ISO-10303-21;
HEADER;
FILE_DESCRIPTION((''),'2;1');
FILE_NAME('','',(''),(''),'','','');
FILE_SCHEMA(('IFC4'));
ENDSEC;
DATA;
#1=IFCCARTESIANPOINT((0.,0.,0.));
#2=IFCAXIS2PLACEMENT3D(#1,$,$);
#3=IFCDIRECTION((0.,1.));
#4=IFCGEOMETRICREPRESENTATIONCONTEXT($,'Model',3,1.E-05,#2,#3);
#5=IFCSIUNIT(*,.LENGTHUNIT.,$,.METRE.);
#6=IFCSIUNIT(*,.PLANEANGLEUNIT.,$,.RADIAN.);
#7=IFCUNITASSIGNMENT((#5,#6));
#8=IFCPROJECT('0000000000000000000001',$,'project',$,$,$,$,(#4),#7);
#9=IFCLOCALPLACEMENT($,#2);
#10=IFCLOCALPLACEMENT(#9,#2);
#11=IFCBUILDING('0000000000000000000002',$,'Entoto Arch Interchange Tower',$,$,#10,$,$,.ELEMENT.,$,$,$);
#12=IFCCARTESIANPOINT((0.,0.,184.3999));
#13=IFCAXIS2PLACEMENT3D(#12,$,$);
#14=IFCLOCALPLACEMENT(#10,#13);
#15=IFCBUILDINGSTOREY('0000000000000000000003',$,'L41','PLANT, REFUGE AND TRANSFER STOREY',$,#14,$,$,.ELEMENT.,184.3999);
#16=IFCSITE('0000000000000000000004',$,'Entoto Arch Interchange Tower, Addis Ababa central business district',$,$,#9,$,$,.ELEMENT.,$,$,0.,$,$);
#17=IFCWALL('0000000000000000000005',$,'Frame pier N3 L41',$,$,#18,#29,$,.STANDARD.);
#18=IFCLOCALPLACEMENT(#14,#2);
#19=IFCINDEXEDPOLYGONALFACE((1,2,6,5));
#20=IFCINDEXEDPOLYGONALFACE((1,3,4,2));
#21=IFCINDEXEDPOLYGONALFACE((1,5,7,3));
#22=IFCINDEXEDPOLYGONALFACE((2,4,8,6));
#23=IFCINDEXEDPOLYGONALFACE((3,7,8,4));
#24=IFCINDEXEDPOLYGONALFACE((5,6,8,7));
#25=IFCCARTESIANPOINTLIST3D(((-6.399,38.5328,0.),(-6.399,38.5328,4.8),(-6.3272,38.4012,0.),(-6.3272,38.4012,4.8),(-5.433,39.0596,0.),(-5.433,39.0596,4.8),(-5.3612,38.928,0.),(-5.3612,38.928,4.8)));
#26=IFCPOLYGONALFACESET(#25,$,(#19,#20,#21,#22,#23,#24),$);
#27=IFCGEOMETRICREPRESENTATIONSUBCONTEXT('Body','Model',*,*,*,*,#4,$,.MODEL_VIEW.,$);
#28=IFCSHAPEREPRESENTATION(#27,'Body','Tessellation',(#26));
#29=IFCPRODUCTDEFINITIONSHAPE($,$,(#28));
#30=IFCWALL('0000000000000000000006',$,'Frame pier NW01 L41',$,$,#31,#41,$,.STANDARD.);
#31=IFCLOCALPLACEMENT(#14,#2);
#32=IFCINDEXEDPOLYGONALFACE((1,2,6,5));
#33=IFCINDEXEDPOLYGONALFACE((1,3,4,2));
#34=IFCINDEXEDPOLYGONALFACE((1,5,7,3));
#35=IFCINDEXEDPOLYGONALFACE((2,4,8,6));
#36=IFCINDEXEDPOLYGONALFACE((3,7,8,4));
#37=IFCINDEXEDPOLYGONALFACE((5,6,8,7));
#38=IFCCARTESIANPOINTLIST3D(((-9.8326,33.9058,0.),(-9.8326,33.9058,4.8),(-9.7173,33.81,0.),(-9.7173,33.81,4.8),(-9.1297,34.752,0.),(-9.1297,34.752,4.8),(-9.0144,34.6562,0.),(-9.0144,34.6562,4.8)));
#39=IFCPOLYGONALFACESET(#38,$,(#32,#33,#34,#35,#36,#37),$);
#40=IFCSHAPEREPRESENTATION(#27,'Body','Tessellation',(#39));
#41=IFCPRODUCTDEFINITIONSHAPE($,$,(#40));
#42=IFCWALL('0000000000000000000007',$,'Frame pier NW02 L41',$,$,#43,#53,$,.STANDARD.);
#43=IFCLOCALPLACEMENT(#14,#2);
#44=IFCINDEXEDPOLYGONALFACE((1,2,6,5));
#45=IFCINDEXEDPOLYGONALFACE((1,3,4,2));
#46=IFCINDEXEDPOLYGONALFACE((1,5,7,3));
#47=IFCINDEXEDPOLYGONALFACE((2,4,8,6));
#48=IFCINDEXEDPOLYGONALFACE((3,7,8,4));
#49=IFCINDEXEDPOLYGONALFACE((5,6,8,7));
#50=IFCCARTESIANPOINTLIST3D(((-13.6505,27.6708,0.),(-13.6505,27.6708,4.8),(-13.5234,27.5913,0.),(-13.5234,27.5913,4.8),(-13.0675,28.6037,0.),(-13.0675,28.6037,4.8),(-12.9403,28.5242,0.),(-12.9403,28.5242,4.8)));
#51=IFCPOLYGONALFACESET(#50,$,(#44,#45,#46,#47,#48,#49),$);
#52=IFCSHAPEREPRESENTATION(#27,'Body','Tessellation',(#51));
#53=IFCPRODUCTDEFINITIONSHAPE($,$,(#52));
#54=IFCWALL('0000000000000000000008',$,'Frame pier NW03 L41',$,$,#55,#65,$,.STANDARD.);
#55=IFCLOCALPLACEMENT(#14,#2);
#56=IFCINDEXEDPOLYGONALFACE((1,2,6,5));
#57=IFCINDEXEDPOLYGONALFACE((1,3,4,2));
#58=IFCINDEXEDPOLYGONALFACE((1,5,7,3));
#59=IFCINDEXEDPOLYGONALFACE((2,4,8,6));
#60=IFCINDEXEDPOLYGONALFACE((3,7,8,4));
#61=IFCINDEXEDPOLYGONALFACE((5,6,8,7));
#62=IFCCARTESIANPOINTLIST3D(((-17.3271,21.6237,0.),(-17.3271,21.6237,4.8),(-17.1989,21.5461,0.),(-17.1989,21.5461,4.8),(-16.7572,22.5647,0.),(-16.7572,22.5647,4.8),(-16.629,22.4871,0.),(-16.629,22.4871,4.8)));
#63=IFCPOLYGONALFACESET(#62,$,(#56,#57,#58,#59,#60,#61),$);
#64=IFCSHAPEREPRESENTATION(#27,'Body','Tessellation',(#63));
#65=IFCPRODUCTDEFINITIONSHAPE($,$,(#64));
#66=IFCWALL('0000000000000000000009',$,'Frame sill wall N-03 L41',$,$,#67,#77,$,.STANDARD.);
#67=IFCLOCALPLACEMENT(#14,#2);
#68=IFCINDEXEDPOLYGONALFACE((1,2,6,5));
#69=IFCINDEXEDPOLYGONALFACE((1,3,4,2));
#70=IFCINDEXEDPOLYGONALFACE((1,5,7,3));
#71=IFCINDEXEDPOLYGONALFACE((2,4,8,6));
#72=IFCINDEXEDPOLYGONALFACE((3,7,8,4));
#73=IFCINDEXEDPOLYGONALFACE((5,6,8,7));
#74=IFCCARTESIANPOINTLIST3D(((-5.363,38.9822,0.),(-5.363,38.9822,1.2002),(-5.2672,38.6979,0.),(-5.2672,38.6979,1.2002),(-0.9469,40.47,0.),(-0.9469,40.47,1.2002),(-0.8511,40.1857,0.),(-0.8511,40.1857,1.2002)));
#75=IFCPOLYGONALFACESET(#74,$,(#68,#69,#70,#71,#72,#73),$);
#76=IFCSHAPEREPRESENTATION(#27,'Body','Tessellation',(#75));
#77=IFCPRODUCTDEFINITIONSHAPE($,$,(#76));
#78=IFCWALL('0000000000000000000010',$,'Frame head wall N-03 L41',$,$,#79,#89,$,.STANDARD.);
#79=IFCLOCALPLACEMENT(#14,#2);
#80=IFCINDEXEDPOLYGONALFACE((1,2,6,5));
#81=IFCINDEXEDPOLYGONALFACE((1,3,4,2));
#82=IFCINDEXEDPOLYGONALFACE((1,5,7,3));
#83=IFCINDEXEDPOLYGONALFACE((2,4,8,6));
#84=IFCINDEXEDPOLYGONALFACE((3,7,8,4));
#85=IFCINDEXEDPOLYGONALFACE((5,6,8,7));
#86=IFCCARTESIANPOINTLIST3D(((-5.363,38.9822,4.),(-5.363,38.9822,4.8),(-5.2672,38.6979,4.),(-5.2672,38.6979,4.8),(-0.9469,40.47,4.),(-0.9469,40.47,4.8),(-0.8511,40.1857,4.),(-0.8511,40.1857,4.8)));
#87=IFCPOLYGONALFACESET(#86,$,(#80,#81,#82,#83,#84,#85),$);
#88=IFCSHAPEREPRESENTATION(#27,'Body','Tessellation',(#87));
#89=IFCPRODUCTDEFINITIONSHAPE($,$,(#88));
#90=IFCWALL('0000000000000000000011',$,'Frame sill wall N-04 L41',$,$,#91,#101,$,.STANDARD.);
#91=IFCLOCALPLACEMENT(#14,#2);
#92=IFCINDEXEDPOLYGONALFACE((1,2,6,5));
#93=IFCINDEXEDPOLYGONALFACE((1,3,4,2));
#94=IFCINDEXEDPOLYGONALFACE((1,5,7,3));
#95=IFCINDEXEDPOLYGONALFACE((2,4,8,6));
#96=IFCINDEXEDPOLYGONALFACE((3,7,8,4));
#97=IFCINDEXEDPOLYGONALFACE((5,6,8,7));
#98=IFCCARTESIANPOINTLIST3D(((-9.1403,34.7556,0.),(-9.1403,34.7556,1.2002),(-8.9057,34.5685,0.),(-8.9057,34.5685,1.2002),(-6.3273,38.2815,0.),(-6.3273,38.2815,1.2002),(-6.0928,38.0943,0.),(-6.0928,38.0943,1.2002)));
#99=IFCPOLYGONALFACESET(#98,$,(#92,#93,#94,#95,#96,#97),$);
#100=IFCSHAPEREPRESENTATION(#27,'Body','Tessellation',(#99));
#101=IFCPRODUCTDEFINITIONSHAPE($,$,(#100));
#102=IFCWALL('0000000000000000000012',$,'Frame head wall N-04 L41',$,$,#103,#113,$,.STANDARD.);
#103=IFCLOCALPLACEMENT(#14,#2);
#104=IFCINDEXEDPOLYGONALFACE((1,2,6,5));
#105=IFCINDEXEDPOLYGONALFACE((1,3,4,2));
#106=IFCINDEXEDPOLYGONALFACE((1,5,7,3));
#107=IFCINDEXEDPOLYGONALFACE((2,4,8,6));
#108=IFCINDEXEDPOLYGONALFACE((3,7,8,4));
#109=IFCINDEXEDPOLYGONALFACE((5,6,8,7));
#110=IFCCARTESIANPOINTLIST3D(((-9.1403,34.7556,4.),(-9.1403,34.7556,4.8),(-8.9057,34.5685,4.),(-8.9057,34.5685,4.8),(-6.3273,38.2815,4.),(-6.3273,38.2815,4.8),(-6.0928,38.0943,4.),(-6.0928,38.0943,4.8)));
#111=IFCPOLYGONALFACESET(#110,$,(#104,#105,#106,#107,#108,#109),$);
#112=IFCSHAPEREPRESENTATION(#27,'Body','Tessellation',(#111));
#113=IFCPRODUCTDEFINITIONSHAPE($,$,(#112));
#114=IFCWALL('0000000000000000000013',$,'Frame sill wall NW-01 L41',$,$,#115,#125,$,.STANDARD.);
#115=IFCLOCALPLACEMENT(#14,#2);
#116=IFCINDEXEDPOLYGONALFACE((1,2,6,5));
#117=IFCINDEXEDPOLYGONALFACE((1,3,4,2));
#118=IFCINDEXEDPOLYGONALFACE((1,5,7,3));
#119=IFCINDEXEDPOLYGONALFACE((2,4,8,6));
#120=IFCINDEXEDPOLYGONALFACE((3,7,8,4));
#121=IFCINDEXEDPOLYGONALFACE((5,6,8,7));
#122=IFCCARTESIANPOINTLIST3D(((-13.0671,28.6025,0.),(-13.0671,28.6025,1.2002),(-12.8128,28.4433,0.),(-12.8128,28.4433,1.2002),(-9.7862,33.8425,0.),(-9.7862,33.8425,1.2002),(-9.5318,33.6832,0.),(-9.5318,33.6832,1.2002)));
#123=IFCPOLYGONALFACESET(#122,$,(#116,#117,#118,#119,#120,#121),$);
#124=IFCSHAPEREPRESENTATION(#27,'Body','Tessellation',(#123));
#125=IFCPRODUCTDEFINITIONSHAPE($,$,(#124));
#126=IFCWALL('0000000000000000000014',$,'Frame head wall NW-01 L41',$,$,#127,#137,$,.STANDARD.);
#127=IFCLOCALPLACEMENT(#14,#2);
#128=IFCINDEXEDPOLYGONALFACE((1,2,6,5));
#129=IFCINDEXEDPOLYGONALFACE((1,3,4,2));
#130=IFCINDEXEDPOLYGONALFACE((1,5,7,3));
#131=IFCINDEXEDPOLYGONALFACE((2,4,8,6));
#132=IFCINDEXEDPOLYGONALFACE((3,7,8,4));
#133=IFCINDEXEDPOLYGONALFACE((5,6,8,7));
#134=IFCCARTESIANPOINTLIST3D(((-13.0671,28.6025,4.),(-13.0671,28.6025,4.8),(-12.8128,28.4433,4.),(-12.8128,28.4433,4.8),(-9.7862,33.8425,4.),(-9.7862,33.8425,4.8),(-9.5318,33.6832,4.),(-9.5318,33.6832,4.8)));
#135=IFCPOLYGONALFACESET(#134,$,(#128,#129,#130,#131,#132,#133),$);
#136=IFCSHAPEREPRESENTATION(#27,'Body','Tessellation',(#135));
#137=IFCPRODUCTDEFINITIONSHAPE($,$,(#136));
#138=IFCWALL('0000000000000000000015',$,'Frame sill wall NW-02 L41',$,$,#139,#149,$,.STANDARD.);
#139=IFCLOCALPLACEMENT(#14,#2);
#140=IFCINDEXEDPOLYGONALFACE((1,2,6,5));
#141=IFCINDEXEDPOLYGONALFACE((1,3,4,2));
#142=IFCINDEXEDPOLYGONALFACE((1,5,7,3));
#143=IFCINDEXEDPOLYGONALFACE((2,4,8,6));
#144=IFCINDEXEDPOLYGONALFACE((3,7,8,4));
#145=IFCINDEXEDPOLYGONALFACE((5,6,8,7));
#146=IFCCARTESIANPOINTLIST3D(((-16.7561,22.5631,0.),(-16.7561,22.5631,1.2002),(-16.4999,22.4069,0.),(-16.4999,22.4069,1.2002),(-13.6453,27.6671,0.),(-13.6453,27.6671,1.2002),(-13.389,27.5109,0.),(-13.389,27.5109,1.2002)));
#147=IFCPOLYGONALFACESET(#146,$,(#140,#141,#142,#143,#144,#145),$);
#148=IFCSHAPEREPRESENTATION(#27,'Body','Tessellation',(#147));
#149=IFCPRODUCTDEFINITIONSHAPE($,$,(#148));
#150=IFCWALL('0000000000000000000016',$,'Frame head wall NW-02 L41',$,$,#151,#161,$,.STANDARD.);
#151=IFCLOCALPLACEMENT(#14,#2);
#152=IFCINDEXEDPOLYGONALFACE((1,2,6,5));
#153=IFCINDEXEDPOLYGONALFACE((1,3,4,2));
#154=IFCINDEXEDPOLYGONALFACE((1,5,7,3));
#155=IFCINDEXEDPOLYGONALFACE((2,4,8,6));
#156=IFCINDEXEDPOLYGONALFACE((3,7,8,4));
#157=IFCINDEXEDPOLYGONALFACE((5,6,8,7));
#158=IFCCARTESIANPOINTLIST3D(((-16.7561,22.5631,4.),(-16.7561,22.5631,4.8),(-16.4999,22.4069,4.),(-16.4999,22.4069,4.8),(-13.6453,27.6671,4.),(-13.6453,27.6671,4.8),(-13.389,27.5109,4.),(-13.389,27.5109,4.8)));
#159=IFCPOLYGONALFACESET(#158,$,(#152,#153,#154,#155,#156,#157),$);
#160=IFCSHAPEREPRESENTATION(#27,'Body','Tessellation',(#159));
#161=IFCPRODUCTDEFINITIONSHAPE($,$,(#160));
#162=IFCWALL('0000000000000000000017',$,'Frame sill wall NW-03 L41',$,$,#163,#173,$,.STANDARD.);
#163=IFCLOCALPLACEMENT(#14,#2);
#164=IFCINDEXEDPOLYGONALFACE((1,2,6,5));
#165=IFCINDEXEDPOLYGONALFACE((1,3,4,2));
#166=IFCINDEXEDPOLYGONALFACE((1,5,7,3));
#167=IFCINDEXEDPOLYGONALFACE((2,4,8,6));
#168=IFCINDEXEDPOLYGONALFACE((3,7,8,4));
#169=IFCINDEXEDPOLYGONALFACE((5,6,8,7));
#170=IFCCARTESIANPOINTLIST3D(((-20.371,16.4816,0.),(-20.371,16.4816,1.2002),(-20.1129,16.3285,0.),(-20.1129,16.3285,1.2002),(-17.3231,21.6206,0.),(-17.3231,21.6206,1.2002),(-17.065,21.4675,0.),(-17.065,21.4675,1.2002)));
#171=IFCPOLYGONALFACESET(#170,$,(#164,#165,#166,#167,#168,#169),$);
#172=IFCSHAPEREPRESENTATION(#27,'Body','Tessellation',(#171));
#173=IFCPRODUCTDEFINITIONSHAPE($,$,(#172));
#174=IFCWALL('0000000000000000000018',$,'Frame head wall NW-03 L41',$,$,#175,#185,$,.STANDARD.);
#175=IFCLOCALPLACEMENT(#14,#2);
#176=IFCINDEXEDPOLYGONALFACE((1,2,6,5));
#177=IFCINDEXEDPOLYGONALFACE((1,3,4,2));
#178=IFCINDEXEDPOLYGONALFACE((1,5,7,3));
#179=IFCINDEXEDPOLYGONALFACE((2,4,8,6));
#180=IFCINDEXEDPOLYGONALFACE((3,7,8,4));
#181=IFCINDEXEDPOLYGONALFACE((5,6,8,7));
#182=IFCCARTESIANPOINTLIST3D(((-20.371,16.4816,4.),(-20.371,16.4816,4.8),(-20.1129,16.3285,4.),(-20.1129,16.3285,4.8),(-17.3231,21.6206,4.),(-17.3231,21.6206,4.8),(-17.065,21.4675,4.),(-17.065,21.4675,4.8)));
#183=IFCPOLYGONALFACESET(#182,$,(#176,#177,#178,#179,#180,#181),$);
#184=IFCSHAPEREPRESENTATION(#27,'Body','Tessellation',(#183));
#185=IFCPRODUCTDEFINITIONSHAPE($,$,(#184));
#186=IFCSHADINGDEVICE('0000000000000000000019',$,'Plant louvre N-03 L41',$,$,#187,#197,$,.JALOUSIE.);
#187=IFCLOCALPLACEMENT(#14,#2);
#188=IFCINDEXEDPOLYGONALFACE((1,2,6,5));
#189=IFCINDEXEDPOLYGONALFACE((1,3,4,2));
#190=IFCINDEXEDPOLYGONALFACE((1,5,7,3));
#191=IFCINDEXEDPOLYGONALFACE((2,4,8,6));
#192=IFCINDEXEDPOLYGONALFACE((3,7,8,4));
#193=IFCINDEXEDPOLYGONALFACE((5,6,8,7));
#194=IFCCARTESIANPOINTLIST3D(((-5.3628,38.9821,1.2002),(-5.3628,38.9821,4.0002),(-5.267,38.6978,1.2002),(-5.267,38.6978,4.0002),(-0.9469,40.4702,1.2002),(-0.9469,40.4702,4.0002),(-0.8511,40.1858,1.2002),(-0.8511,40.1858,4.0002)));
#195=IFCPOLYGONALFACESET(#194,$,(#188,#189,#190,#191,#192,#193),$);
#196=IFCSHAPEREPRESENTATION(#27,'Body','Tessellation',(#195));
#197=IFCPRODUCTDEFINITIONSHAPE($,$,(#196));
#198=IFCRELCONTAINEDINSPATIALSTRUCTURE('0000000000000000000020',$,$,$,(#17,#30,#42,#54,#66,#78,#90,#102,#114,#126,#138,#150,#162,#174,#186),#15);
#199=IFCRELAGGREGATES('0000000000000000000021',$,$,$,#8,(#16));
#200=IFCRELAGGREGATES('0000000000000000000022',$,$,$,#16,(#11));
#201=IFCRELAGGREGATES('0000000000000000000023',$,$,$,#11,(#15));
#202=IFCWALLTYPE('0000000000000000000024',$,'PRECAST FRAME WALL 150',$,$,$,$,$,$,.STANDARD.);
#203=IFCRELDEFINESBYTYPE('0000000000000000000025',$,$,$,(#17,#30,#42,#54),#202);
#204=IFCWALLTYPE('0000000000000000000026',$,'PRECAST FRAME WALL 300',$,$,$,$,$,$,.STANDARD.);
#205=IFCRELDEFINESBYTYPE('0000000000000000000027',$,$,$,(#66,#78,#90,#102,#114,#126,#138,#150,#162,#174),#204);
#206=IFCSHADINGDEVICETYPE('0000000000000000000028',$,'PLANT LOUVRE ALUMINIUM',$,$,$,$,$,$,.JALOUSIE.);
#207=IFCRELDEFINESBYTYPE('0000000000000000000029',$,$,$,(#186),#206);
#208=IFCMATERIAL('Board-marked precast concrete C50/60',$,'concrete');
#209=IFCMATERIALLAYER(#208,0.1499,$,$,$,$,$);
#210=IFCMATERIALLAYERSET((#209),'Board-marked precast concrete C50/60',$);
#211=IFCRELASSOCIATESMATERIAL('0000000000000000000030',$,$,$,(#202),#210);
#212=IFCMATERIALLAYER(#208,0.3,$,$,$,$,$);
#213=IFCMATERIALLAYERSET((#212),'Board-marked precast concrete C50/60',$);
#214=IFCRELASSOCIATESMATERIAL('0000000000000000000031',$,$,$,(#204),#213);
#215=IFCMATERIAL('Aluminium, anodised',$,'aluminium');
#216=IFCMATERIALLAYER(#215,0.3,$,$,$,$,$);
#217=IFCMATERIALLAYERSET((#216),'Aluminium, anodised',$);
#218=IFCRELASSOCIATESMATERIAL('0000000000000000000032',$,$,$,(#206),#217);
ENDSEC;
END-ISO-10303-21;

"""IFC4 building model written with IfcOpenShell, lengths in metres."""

from ifc_helpers import new_model, si_unit, direction, frame, frame_2d, origin, origin_2d, place, context, subcontext, project, spatial, rectangle, extrude, material, layer, layer_set, type_object, element, save


model = new_model("IFC4")

# Units and contexts
model_context = context("Model", 3, precision=1e-05, world=origin(), true_north=direction((0.0, 1.0)))
body_context = subcontext(model_context, "Body", "Model", "MODEL_VIEW")
ifc_project = project(units=[si_unit("LENGTHUNIT", "METRE"), si_unit("PLANEANGLEUNIT", "RADIAN")], contexts=[model_context])

# Site, building, storey
site_placement = place(None, origin())
site = spatial("IfcSite", under=ifc_project, at=site_placement, Name="Entoto Arch Interchange Tower, Addis Ababa central business district", CompositionType="ELEMENT", RefElevation=0.0)
building_placement = place(site_placement, origin())
building = spatial("IfcBuilding", under=site, at=building_placement, Name="Entoto Arch Interchange Tower", CompositionType="ELEMENT")
storey_placement = place(building_placement, frame((0.0, 0.0, 184.3999)))
storey = spatial("IfcBuildingStorey", under=building, at=storey_placement, Name="L41", Description="PLANT, REFUGE AND TRANSFER STOREY", CompositionType="ELEMENT", Elevation=184.3999)

# Walls
ifc_material_1 = material(Name="Board-marked precast concrete C50/60", Category="concrete")
ifc_layer_1 = layer(ifc_material_1, 0.1499)
ifc_layer_set_1 = layer_set([ifc_layer_1], Name="Board-marked precast concrete C50/60")
wall_type_1 = type_object("IfcWallType", Name="PRECAST FRAME WALL 150", PredefinedType="STANDARD", material=ifc_layer_set_1)
wall_1_placement = place(storey_placement, frame((-5.397, 38.9939, 0.0), z_axis=(0.0, 0.0, 1.0), x_axis=(-0.877929, -0.47879, 0.0)))
element("IfcWall", 1, at=wall_1_placement, inside=storey, type_object=wall_type_1, Name="Frame pier N3 L41", PredefinedType="STANDARD", context=body_context, shape_type="SweptSolid", body=[
    extrude(rectangle(XDim=1.1003, YDim=0.1499, at=frame_2d((0.5503, 0.0))), origin(), (0.0, 0.0, 1.0), 4.8),
])
for number, where, z_axis, x_axis, name in (
    (2, (-9.072, 34.7041, 0.0), (0.0, 0.0, 1.0), (-0.638961, -0.769239, 0.0), "Frame pier NW01 L41"),
    (3, (-13.0039, 28.564, 0.0), (0.0, 0.0, 1.0), (-0.529979, -0.848011, 0.0), "Frame pier NW02 L41"),
    (4, (-16.6931, 22.5259, 0.0), (0.0, 0.0, 1.0), (-0.518016, -0.855371, 0.0), "Frame pier NW03 L41"),
):
    element("IfcWall", number, at=place(storey_placement, frame(where, z_axis=z_axis, x_axis=x_axis)), inside=storey, type_object=wall_type_1, Name=name, PredefinedType="STANDARD", context=body_context, shape_type="SweptSolid", body=[
        extrude(rectangle(XDim=1.1001, YDim=0.1499, at=frame_2d((0.55, 0.0))), origin(), (0.0, 0.0, 1.0), 4.8),
    ])
ifc_layer_2 = layer(ifc_material_1, 0.3)
ifc_layer_set_2 = layer_set([ifc_layer_2], Name="Board-marked precast concrete C50/60")
wall_type_2 = type_object("IfcWallType", Name="PRECAST FRAME WALL 300", PredefinedType="STANDARD", material=ifc_layer_set_2)
wall_2_placement = place(storey_placement, frame((-0.8989, 40.3279, 0.0), z_axis=(0.0, 0.0, 1.0), x_axis=(-0.947662, -0.319275, 0.0)))
element("IfcWall", 5, at=wall_2_placement, inside=storey, type_object=wall_type_2, Name="Frame sill wall N-03 L41", PredefinedType="STANDARD", context=body_context, shape_type="SweptSolid", body=[
    extrude(rectangle(XDim=4.6599, YDim=0.3, at=frame_2d((2.3301, 0.0))), origin(), (0.0, 0.0, 1.0), 1.2002),
])
wall_3_placement = place(storey_placement, frame((-0.8989, 40.3279, 4.0), z_axis=(0.0, 0.0, 1.0), x_axis=(-0.947662, -0.319275, 0.0)))
element("IfcWall", 6, at=wall_3_placement, inside=storey, type_object=wall_type_2, Name="Frame head wall N-03 L41", PredefinedType="STANDARD", context=body_context, shape_type="SweptSolid", body=[
    extrude(rectangle(XDim=4.6599, YDim=0.3, at=frame_2d((2.3301, 0.0))), origin(), (0.0, 0.0, 1.0), 0.8),
])
wall_4_placement = place(storey_placement, frame((-6.21, 38.188, 0.0), z_axis=(0.0, 0.0, 1.0), x_axis=(-0.623652, -0.781702, 0.0)))
element("IfcWall", 7, at=wall_4_placement, inside=storey, type_object=wall_type_2, Name="Frame sill wall N-04 L41", PredefinedType="STANDARD", context=body_context, shape_type="SweptSolid", body=[
    extrude(rectangle(XDim=4.5105, YDim=0.3, at=frame_2d((2.2554, 0.0))), origin(), (0.0, 0.0, 1.0), 1.2002),
])
wall_5_placement = place(storey_placement, frame((-6.21, 38.188, 4.0), z_axis=(0.0, 0.0, 1.0), x_axis=(-0.623652, -0.781702, 0.0)))
element("IfcWall", 8, at=wall_5_placement, inside=storey, type_object=wall_type_2, Name="Frame head wall N-04 L41", PredefinedType="STANDARD", context=body_context, shape_type="SweptSolid", body=[
    extrude(rectangle(XDim=4.5105, YDim=0.3, at=frame_2d((2.2554, 0.0))), origin(), (0.0, 0.0, 1.0), 0.8),
])
wall_6_placement = place(storey_placement, frame((-9.6589, 33.7629, 0.0), z_axis=(0.0, 0.0, 1.0), x_axis=(-0.530698, -0.847561, 0.0)))
element("IfcWall", 9, at=wall_6_placement, inside=storey, type_object=wall_type_2, Name="Frame sill wall NW-01 L41", PredefinedType="STANDARD", context=body_context, shape_type="SweptSolid", body=[
    extrude(rectangle(XDim=6.1824, YDim=0.3, at=frame_2d((3.0913, 0.0))), origin(), (0.0, 0.0, 1.0), 1.2002),
])
wall_7_placement = place(storey_placement, frame((-9.6589, 33.7629, 4.0), z_axis=(0.0, 0.0, 1.0), x_axis=(-0.530698, -0.847561, 0.0)))
element("IfcWall", 10, at=wall_7_placement, inside=storey, type_object=wall_type_2, Name="Frame head wall NW-01 L41", PredefinedType="STANDARD", context=body_context, shape_type="SweptSolid", body=[
    extrude(rectangle(XDim=6.1824, YDim=0.3, at=frame_2d((3.0913, 0.0))), origin(), (0.0, 0.0, 1.0), 0.8),
])
wall_8_placement = place(storey_placement, frame((-13.5171, 27.5891, 0.0), z_axis=(0.0, 0.0, 1.0), x_axis=(-0.520442, -0.853897, 0.0)))
element("IfcWall", 11, at=wall_8_placement, inside=storey, type_object=wall_type_2, Name="Frame sill wall NW-02 L41", PredefinedType="STANDARD", context=body_context, shape_type="SweptSolid", body=[
    extrude(rectangle(XDim=5.9773, YDim=0.3, at=frame_2d((2.9888, 0.0))), origin(), (0.0, 0.0, 1.0), 1.2002),
])
wall_9_placement = place(storey_placement, frame((-13.5171, 27.5891, 4.0), z_axis=(0.0, 0.0, 1.0), x_axis=(-0.520442, -0.853897, 0.0)))
element("IfcWall", 12, at=wall_9_placement, inside=storey, type_object=wall_type_2, Name="Frame head wall NW-02 L41", PredefinedType="STANDARD", context=body_context, shape_type="SweptSolid", body=[
    extrude(rectangle(XDim=5.9773, YDim=0.3, at=frame_2d((2.9888, 0.0))), origin(), (0.0, 0.0, 1.0), 0.8),
])
wall_10_placement = place(storey_placement, frame((-17.1941, 21.5439, 0.0), z_axis=(0.0, 0.0, 1.0), x_axis=(-0.51012, -0.860103, 0.0)))
element("IfcWall", 13, at=wall_10_placement, inside=storey, type_object=wall_type_2, Name="Frame sill wall NW-03 L41", PredefinedType="STANDARD", context=body_context, shape_type="SweptSolid", body=[
    extrude(rectangle(XDim=5.9749, YDim=0.3, at=frame_2d((2.9873, 0.0))), origin(), (0.0, 0.0, 1.0), 1.2002),
])
wall_11_placement = place(storey_placement, frame((-17.1941, 21.5439, 4.0), z_axis=(0.0, 0.0, 1.0), x_axis=(-0.51012, -0.860103, 0.0)))
element("IfcWall", 14, at=wall_11_placement, inside=storey, type_object=wall_type_2, Name="Frame head wall NW-03 L41", PredefinedType="STANDARD", context=body_context, shape_type="SweptSolid", body=[
    extrude(rectangle(XDim=5.9749, YDim=0.3, at=frame_2d((2.9873, 0.0))), origin(), (0.0, 0.0, 1.0), 0.8),
])

# Shading device
ifc_material_2 = material(Name="Aluminium, anodised", Category="aluminium")
ifc_layer_3 = layer(ifc_material_2, 0.3)
ifc_layer_set_3 = layer_set([ifc_layer_3], Name="Aluminium, anodised")
shading_device_type = type_object("IfcShadingDeviceType", Name="PLANT LOUVRE ALUMINIUM", PredefinedType="JALOUSIE", material=ifc_layer_set_3)
shading_device_1_placement = place(storey_placement, frame((-3.1069, 39.584, 1.2002), z_axis=(0.0, 0.0, 1.0), x_axis=(-0.947646, -0.319323, 0.0)))
element("IfcShadingDevice", 15, at=shading_device_1_placement, inside=storey, type_object=shading_device_type, Name="Plant louvre N-03 L41", PredefinedType="JALOUSIE", context=body_context, shape_type="SweptSolid", body=[
    extrude(rectangle(XDim=4.6599, YDim=0.3, at=origin_2d()), origin(), (0.0, 0.0, 1.0), 2.8),
])

save(model, "model.ifc")
